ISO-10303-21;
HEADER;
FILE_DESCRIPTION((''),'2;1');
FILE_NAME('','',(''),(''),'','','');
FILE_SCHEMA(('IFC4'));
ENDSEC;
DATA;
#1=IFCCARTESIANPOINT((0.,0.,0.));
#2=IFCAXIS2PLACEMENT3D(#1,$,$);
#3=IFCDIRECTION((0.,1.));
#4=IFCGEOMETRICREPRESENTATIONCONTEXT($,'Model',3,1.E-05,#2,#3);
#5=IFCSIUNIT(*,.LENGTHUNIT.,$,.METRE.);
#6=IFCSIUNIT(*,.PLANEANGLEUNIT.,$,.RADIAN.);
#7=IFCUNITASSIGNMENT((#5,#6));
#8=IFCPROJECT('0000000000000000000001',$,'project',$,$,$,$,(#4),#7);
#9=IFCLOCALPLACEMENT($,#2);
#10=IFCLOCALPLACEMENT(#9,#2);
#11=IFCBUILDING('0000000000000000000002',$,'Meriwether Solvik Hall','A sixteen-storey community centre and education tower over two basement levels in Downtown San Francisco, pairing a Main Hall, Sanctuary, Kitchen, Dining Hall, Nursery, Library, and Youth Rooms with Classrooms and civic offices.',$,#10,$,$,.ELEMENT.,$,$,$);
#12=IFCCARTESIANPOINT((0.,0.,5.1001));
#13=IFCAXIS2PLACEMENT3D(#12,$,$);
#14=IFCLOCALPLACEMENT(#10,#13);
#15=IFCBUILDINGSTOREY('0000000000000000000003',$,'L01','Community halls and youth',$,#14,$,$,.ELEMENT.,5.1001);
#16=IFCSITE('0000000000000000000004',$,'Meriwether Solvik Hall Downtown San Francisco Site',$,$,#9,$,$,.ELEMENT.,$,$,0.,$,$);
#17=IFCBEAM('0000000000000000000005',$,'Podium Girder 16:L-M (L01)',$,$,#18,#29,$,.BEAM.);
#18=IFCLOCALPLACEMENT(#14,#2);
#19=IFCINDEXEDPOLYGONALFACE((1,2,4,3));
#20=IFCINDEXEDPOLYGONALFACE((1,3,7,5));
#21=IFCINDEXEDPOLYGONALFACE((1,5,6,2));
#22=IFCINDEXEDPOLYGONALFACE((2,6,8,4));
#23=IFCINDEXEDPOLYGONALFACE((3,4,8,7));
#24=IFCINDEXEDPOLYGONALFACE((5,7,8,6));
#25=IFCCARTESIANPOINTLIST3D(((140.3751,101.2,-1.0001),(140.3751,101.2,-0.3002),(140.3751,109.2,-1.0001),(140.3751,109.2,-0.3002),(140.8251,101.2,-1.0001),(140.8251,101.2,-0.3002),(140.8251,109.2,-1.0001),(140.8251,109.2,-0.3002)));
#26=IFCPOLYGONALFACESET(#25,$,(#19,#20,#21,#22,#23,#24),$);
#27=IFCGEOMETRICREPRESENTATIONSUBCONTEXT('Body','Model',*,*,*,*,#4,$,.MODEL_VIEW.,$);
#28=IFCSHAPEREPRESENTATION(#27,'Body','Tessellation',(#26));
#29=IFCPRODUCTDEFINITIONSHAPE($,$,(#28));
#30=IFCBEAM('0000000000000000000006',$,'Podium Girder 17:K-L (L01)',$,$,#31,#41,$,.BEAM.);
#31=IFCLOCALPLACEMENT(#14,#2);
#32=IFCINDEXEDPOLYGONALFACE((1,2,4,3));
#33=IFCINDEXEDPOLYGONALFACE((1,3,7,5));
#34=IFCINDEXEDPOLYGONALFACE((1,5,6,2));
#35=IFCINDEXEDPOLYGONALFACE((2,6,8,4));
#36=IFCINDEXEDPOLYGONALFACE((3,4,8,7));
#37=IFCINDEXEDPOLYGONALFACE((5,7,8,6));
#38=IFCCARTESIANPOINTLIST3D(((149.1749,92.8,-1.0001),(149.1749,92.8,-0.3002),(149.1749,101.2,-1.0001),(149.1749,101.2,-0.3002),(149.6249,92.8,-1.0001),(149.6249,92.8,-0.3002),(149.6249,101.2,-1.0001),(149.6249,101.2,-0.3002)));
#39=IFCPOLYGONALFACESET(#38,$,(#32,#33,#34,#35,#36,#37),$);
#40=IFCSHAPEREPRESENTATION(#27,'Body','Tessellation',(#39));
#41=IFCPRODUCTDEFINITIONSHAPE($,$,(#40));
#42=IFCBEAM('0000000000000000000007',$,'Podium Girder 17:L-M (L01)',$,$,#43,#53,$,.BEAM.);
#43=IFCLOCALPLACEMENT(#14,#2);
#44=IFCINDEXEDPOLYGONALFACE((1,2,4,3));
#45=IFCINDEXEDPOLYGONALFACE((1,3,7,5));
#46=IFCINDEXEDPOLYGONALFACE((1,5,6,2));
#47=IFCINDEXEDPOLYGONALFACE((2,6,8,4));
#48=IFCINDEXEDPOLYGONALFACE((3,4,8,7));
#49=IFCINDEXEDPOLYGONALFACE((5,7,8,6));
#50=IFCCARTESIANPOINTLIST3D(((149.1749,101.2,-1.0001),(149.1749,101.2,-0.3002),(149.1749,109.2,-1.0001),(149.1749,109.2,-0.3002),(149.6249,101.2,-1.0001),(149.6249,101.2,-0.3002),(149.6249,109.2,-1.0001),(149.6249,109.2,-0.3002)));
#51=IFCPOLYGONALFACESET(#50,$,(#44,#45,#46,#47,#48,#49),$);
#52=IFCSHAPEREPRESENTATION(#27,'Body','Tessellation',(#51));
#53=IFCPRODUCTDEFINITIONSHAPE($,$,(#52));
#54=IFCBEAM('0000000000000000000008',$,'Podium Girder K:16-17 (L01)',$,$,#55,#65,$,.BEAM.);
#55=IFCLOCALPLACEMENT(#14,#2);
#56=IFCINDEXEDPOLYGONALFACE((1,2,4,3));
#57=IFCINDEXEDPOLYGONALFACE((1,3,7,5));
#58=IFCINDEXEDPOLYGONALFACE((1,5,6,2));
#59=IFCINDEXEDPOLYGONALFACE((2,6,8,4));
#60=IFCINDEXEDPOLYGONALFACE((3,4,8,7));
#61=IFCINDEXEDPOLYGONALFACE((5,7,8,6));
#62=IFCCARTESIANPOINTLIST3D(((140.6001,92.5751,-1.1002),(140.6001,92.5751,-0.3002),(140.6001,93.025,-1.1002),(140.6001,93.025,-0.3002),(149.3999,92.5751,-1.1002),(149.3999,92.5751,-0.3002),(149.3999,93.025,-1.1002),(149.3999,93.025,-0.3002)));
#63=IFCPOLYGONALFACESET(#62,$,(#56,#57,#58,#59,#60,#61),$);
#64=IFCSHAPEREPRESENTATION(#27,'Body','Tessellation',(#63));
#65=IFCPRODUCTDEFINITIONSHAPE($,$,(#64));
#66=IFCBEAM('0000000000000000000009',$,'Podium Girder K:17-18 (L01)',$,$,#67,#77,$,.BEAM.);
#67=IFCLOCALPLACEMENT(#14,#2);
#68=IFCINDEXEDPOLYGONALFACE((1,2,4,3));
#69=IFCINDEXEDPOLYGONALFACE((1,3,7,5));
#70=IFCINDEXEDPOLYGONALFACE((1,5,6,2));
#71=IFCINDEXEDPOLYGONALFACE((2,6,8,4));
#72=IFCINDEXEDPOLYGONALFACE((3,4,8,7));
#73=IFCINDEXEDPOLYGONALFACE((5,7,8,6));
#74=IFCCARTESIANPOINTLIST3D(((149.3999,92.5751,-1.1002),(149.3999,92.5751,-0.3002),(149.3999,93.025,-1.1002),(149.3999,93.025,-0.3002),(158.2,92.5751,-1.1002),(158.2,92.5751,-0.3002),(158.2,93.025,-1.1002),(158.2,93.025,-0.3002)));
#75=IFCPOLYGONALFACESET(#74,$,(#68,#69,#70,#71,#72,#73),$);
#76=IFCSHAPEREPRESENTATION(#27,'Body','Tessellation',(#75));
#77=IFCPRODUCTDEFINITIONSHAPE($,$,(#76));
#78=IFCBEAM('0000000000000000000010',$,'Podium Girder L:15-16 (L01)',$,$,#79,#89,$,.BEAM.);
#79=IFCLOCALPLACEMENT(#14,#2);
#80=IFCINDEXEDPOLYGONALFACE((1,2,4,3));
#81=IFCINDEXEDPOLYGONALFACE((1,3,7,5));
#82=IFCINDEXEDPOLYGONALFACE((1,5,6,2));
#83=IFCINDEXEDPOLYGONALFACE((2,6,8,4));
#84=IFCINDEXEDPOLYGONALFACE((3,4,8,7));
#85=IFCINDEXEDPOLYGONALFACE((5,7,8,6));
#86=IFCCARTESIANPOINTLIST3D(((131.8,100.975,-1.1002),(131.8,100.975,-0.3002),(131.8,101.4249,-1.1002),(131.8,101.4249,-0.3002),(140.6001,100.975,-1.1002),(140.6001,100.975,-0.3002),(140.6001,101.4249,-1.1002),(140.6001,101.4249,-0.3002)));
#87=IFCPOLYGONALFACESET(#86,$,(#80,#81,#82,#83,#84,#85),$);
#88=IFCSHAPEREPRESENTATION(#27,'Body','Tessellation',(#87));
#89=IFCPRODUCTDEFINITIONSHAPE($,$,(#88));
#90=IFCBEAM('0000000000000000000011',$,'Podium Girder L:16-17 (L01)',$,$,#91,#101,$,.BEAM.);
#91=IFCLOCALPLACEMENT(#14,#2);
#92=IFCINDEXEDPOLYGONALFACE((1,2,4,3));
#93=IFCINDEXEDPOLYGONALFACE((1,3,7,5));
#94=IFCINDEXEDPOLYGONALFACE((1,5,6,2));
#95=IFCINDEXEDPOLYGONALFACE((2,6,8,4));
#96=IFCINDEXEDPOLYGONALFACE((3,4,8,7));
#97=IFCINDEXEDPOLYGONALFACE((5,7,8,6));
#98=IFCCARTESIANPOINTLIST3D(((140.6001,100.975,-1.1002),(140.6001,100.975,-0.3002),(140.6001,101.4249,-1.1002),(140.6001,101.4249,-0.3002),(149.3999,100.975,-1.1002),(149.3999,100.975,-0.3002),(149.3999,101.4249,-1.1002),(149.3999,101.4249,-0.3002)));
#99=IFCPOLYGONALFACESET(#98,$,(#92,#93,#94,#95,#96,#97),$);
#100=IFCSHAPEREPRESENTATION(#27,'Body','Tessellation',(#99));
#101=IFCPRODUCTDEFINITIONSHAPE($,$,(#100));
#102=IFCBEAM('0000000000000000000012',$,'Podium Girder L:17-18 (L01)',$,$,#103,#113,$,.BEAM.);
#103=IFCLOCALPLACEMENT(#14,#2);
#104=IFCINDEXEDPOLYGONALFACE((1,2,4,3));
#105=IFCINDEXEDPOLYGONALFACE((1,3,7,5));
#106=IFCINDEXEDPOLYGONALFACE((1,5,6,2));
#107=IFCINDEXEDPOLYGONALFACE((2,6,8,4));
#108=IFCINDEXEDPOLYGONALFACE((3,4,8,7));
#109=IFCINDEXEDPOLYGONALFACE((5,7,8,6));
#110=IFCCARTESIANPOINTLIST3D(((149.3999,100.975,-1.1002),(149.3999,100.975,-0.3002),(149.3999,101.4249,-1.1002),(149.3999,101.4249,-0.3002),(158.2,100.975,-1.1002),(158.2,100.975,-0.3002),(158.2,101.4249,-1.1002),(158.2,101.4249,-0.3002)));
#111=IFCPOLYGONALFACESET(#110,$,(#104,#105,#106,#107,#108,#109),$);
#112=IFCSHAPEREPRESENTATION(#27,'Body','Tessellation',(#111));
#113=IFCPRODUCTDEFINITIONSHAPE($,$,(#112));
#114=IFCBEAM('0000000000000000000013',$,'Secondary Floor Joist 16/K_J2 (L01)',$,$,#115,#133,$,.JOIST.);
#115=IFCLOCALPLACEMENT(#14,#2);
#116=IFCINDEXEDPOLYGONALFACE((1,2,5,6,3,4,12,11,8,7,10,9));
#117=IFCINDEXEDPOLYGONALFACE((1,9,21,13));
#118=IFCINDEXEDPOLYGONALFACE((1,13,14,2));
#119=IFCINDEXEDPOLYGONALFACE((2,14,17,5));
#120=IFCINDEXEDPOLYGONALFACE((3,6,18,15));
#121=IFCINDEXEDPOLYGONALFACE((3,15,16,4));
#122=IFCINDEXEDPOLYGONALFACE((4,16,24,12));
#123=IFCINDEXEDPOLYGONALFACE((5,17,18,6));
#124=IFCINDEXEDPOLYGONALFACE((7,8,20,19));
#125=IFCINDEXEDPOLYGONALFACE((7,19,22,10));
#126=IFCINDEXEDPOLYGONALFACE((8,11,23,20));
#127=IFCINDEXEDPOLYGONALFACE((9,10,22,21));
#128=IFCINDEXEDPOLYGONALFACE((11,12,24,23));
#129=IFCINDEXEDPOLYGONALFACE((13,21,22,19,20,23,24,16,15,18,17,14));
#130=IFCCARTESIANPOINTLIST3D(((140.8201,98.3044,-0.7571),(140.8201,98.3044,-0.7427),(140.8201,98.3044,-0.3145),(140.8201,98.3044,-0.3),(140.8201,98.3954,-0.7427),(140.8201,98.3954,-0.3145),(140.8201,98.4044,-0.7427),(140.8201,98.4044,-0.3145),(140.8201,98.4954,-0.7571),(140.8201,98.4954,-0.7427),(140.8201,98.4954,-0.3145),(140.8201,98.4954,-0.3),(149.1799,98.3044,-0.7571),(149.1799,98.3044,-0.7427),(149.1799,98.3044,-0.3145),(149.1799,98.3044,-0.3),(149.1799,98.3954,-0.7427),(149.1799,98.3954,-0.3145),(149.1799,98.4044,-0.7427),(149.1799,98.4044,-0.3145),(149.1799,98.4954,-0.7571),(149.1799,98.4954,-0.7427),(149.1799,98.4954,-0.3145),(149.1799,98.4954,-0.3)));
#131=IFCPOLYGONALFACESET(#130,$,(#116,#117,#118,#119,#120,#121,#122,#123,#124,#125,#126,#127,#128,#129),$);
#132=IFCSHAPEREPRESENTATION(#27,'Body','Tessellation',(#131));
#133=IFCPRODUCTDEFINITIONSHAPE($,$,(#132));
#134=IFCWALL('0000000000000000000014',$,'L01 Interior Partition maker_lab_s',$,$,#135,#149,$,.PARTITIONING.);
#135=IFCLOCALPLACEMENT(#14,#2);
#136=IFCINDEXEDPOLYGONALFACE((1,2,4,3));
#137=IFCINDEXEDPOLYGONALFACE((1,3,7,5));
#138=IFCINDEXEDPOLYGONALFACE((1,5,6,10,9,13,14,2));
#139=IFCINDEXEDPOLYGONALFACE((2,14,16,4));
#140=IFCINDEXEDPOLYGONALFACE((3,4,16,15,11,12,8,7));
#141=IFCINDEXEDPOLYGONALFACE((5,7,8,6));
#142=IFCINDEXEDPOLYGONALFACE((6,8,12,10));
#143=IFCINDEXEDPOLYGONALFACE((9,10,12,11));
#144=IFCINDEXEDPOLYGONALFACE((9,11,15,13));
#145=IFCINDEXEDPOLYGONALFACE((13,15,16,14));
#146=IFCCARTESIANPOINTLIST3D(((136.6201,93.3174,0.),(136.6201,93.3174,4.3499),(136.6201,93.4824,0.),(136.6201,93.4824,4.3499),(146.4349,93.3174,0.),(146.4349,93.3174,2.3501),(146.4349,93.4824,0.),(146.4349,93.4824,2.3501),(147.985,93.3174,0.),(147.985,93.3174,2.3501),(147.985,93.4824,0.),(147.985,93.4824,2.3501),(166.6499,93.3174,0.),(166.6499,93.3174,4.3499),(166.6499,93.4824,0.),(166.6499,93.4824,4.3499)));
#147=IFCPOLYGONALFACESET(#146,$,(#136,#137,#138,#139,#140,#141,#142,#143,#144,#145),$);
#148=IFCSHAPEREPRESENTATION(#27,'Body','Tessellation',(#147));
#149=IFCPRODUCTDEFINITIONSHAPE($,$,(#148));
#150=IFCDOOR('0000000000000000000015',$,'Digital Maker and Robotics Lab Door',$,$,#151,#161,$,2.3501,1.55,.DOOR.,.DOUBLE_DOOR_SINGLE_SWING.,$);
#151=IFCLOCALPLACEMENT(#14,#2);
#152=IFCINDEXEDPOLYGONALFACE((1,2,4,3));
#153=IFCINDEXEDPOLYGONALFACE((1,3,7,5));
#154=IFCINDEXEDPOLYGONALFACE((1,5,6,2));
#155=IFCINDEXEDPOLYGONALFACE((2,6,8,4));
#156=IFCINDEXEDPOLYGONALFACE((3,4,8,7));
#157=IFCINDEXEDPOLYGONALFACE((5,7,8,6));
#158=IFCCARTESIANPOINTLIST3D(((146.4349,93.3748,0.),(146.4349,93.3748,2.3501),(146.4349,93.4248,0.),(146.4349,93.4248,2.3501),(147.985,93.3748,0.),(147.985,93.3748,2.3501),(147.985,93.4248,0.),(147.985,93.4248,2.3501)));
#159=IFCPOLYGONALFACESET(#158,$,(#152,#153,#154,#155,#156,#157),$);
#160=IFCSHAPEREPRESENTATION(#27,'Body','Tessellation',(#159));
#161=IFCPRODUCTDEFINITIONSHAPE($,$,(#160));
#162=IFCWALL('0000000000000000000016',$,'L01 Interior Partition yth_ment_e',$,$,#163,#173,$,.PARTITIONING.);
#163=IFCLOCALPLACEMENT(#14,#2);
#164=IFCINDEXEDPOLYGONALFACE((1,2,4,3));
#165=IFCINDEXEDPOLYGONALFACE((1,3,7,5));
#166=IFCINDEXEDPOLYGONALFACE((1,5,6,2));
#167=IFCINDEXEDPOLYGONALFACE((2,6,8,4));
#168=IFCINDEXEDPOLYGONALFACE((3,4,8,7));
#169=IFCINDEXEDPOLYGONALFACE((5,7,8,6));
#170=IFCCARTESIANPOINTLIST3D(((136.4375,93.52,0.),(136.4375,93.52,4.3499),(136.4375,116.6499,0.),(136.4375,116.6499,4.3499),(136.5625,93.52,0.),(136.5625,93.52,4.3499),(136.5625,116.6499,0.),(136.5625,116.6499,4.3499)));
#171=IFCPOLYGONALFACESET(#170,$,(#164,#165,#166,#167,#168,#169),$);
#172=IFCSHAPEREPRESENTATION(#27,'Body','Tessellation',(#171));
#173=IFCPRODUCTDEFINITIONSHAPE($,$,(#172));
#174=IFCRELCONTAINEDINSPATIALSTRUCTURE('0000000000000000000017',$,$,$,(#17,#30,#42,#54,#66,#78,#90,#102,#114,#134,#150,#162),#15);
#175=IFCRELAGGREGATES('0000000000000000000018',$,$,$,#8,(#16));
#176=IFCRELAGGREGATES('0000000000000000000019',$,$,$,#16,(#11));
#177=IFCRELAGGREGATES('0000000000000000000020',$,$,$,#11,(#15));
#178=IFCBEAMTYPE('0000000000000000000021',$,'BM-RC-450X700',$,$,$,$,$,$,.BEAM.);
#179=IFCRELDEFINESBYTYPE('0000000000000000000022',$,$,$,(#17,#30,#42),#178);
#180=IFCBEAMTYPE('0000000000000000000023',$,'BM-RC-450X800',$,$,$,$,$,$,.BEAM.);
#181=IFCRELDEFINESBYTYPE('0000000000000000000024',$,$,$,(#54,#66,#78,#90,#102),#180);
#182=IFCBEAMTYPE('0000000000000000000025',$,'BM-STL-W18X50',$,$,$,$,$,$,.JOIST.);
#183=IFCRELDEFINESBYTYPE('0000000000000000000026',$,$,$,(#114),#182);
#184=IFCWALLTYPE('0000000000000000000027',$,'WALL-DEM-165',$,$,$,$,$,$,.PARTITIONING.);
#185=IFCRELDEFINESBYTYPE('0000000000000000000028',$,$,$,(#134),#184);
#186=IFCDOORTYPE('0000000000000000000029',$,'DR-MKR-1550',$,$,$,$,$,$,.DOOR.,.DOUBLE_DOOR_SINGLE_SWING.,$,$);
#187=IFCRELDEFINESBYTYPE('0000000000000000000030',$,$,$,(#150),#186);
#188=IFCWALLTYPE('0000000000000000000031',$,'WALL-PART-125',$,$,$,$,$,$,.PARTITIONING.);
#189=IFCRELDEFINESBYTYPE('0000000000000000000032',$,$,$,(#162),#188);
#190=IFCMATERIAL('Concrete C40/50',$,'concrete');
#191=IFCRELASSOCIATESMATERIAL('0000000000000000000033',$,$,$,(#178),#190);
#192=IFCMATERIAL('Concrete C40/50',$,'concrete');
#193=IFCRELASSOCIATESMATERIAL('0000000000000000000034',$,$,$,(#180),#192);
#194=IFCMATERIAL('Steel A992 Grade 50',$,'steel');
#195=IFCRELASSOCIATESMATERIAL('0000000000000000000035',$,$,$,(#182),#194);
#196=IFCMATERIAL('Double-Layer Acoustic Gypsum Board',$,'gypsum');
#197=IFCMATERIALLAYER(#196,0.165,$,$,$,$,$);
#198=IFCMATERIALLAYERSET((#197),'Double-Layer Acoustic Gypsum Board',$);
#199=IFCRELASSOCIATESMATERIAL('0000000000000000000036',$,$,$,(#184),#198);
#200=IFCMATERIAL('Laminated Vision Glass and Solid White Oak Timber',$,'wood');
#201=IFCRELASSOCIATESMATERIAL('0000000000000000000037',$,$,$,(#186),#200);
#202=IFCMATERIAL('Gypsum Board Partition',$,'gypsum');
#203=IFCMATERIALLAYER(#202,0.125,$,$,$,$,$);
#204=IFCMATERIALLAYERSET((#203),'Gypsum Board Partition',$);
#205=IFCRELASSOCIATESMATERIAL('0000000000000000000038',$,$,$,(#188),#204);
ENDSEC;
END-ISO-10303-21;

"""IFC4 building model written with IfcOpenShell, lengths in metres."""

from ifc_helpers import new_model, si_unit, direction, frame, frame_2d, origin, origin_2d, place, context, subcontext, project, spatial, rectangle, i_section, extrude, material, layer, layer_set, material_profile, profile_set, type_object, element, fill, save


model = new_model("IFC4")

# Units and contexts
model_context = context("Model", 3, precision=1e-05, world=origin(), true_north=direction((0.0, 1.0)))
body_context = subcontext(model_context, "Body", "Model", "MODEL_VIEW")
ifc_project = project(units=[si_unit("LENGTHUNIT", "METRE"), si_unit("PLANEANGLEUNIT", "RADIAN")], contexts=[model_context])

# Site, building, storey
site_placement = place(None, origin())
site = spatial("IfcSite", under=ifc_project, at=site_placement, Name="Meriwether Solvik Hall Downtown San Francisco Site", CompositionType="ELEMENT", RefElevation=0.0)
building_placement = place(site_placement, origin())
building = spatial("IfcBuilding", under=site, at=building_placement, Name="Meriwether Solvik Hall", Description="A sixteen-storey community centre and education tower over two basement levels in Downtown San Francisco, pairing a Main Hall, Sanctuary, Kitchen, Dining Hall, Nursery, Library, and Youth Rooms with Classrooms and civic offices.", CompositionType="ELEMENT")
storey_placement = place(building_placement, frame((0.0, 0.0, 5.1001)))
storey = spatial("IfcBuildingStorey", under=building, at=storey_placement, Name="L01", Description="Community halls and youth", CompositionType="ELEMENT", Elevation=5.1001)

# Beams
ifc_material_1 = material(Name="Concrete C40/50", Category="concrete")
ifc_material_profile_1 = material_profile(ifc_material_1, rectangle(XDim=0.45, YDim=0.7, at=origin_2d()), Name="RCB-450X700")
ifc_profile_set_1 = profile_set([ifc_material_profile_1], Name="Concrete C40/50")
beam_type_1 = type_object("IfcBeamType", Name="BM-RC-450X700", PredefinedType="BEAM", material=ifc_profile_set_1)
beam_1_placement = place(storey_placement, frame((140.6001, 101.2, -0.6501), z_axis=(0.0, 1.0, 0.0), x_axis=(-1.0, 0.0, 0.0)))
element("IfcBeam", 1, at=beam_1_placement, inside=storey, type_object=beam_type_1, Name="Podium Girder 16:L-M (L01)", PredefinedType="BEAM", context=body_context, shape_type="SweptSolid", body=[
    extrude(rectangle(XDim=0.45, YDim=0.7, at=origin_2d()), origin(), (0.0, 0.0, 1.0), 8.0),
])
beam_2_placement = place(storey_placement, frame((149.3999, 92.8, -0.6501), z_axis=(0.0, 1.0, 0.0), x_axis=(-1.0, 0.0, 0.0)))
element("IfcBeam", 2, at=beam_2_placement, inside=storey, type_object=beam_type_1, Name="Podium Girder 17:K-L (L01)", PredefinedType="BEAM", context=body_context, shape_type="SweptSolid", body=[
    extrude(rectangle(XDim=0.45, YDim=0.7, at=origin_2d()), origin(), (0.0, 0.0, 1.0), 8.3999),
])
beam_3_placement = place(storey_placement, frame((149.3999, 101.2, -0.6501), z_axis=(0.0, 1.0, 0.0), x_axis=(-1.0, 0.0, 0.0)))
element("IfcBeam", 3, at=beam_3_placement, inside=storey, type_object=beam_type_1, Name="Podium Girder 17:L-M (L01)", PredefinedType="BEAM", context=body_context, shape_type="SweptSolid", body=[
    extrude(rectangle(XDim=0.45, YDim=0.7, at=origin_2d()), origin(), (0.0, 0.0, 1.0), 8.0),
])
ifc_material_2 = material(Name="Concrete C40/50", Category="concrete")
ifc_material_profile_2 = material_profile(ifc_material_2, rectangle(XDim=0.45, YDim=0.8, at=origin_2d()), Name="RCB-450X800")
ifc_profile_set_2 = profile_set([ifc_material_profile_2], Name="Concrete C40/50")
beam_type_2 = type_object("IfcBeamType", Name="BM-RC-450X800", PredefinedType="BEAM", material=ifc_profile_set_2)
beam_4_placement = place(storey_placement, frame((140.6001, 92.8, -0.7002), z_axis=(1.0, 0.0, 0.0), x_axis=(0.0, 1.0, 0.0)))
element("IfcBeam", 4, at=beam_4_placement, inside=storey, type_object=beam_type_2, Name="Podium Girder K:16-17 (L01)", PredefinedType="BEAM", context=body_context, shape_type="SweptSolid", body=[
    extrude(rectangle(XDim=0.45, YDim=0.8, at=origin_2d()), origin(), (0.0, 0.0, 1.0), 8.7998),
])
for number, where, z_axis, x_axis, name in (
    (5, (149.3999, 92.8, -0.7002), (1.0, 0.0, 0.0), (0.0, 1.0, 0.0), "Podium Girder K:17-18 (L01)"),
    (6, (131.8, 101.2, -0.7002), (1.0, 0.0, 0.0), (0.0, 1.0, 0.0), "Podium Girder L:15-16 (L01)"),
):
    element("IfcBeam", number, at=place(storey_placement, frame(where, z_axis=z_axis, x_axis=x_axis)), inside=storey, type_object=beam_type_2, Name=name, PredefinedType="BEAM", context=body_context, shape_type="SweptSolid", body=[
        extrude(rectangle(XDim=0.45, YDim=0.8, at=origin_2d()), origin(), (0.0, 0.0, 1.0), 8.8),
    ])
beam_5_placement = place(storey_placement, frame((140.6001, 101.2, -0.7002), z_axis=(1.0, 0.0, 0.0), x_axis=(0.0, 1.0, 0.0)))
element("IfcBeam", 7, at=beam_5_placement, inside=storey, type_object=beam_type_2, Name="Podium Girder L:16-17 (L01)", PredefinedType="BEAM", context=body_context, shape_type="SweptSolid", body=[
    extrude(rectangle(XDim=0.45, YDim=0.8, at=origin_2d()), origin(), (0.0, 0.0, 1.0), 8.7998),
])
beam_6_placement = place(storey_placement, frame((149.3999, 101.2, -0.7002), z_axis=(1.0, 0.0, 0.0), x_axis=(0.0, 1.0, 0.0)))
element("IfcBeam", 8, at=beam_6_placement, inside=storey, type_object=beam_type_2, Name="Podium Girder L:17-18 (L01)", PredefinedType="BEAM", context=body_context, shape_type="SweptSolid", body=[
    extrude(rectangle(XDim=0.45, YDim=0.8, at=origin_2d()), origin(), (0.0, 0.0, 1.0), 8.8),
])
ifc_material_3 = material(Name="Steel A992 Grade 50", Category="steel")
ifc_material_profile_3 = material_profile(ifc_material_3, i_section(OverallWidth=0.1909, OverallDepth=0.457, WebThickness=0.009, FlangeThickness=0.0144, at=origin_2d()), Name="W18X50")
ifc_profile_set_3 = profile_set([ifc_material_profile_3], Name="Steel A992 Grade 50")
beam_type_3 = type_object("IfcBeamType", Name="BM-STL-W18X50", PredefinedType="JOIST", material=ifc_profile_set_3)
beam_7_placement = place(storey_placement, frame((140.8201, 98.3999, -0.5286), z_axis=(1.0, 0.0, 0.0), x_axis=(0.0, 1.0, 0.0)))
element("IfcBeam", 9, at=beam_7_placement, inside=storey, type_object=beam_type_3, Name="Secondary Floor Joist 16/K_J2 (L01)", PredefinedType="JOIST", context=body_context, shape_type="SweptSolid", body=[
    extrude(i_section(OverallWidth=0.1909, OverallDepth=0.457, WebThickness=0.009, FlangeThickness=0.0144, at=origin_2d()), origin(), (0.0, 0.0, 1.0), 8.3599),
])

# Wall, opening, door
ifc_material_4 = material(Name="Double-Layer Acoustic Gypsum Board", Category="gypsum")
ifc_layer_1 = layer(ifc_material_4, 0.165)
ifc_layer_set_1 = layer_set([ifc_layer_1], Name="Double-Layer Acoustic Gypsum Board")
wall_type_1 = type_object("IfcWallType", Name="WALL-DEM-165", PredefinedType="PARTITIONING", material=ifc_layer_set_1)
wall_1_placement = place(storey_placement, frame((136.6201, 93.3999, 0.0), z_axis=(0.0, 0.0, 1.0), x_axis=(1.0, 0.0, 0.0)))
wall_1 = element("IfcWall", 10, at=wall_1_placement, inside=storey, type_object=wall_type_1, Name="L01 Interior Partition maker_lab_s", PredefinedType="PARTITIONING", context=body_context, shape_type="SweptSolid", body=[
    extrude(rectangle(XDim=30.0298, YDim=0.165, at=frame_2d((15.0149, 0.0))), origin(), (0.0, 0.0, 1.0), 4.3499),
])
opening_1_placement = place(wall_1_placement, frame((9.8149, 0.0, 0.0)))
opening_1 = element("IfcOpeningElement", 11, at=opening_1_placement, cuts=wall_1, PredefinedType="OPENING", context=body_context, shape_type="SweptSolid", body=[
    extrude(rectangle(XDim=1.55, YDim=2.3501, at=frame_2d((0.7749, 1.175))), frame((0.0, 0.0945, 0.0), z_axis=(0.0, -1.0, 0.0), x_axis=(1.0, 0.0, 0.0)), (0.0, 0.0, 1.0), 0.189),
])
ifc_material_5 = material(Name="Laminated Vision Glass and Solid White Oak Timber", Category="wood")
door_type_1 = type_object("IfcDoorType", Name="DR-MKR-1550", OperationType="DOUBLE_DOOR_SINGLE_SWING", PredefinedType="DOOR", material=ifc_material_5)
door_1_placement = place(opening_1_placement, origin())
door_1 = element("IfcDoor", 12, at=door_1_placement, inside=storey, type_object=door_type_1, Name="Digital Maker and Robotics Lab Door", OperationType="DOUBLE_DOOR_SINGLE_SWING", OverallHeight=2.3501, OverallWidth=1.55, PredefinedType="DOOR", context=body_context, shape_type="SweptSolid", body=[
    extrude(rectangle(XDim=1.55, YDim=2.3501, at=frame_2d((0.7749, 1.175))), frame((0.0, 0.0249, 0.0), z_axis=(0.0, -1.0, 0.0), x_axis=(1.0, 0.0, 0.0)), (0.0, 0.0, 1.0), 0.05),
])
fill(opening_1, door_1)

# Wall
ifc_material_6 = material(Name="Gypsum Board Partition", Category="gypsum")
ifc_layer_2 = layer(ifc_material_6, 0.125)
ifc_layer_set_2 = layer_set([ifc_layer_2], Name="Gypsum Board Partition")
wall_type_2 = type_object("IfcWallType", Name="WALL-PART-125", PredefinedType="PARTITIONING", material=ifc_layer_set_2)
wall_2_placement = place(storey_placement, frame((136.5, 93.52, 0.0), z_axis=(0.0, 0.0, 1.0), x_axis=(0.0, 1.0, 0.0)))
element("IfcWall", 13, at=wall_2_placement, inside=storey, type_object=wall_type_2, Name="L01 Interior Partition yth_ment_e", PredefinedType="PARTITIONING", context=body_context, shape_type="SweptSolid", body=[
    extrude(rectangle(XDim=23.1299, YDim=0.125, at=frame_2d((11.5649, 0.0))), origin(), (0.0, 0.0, 1.0), 4.3499),
])

save(model, "model.ifc")
